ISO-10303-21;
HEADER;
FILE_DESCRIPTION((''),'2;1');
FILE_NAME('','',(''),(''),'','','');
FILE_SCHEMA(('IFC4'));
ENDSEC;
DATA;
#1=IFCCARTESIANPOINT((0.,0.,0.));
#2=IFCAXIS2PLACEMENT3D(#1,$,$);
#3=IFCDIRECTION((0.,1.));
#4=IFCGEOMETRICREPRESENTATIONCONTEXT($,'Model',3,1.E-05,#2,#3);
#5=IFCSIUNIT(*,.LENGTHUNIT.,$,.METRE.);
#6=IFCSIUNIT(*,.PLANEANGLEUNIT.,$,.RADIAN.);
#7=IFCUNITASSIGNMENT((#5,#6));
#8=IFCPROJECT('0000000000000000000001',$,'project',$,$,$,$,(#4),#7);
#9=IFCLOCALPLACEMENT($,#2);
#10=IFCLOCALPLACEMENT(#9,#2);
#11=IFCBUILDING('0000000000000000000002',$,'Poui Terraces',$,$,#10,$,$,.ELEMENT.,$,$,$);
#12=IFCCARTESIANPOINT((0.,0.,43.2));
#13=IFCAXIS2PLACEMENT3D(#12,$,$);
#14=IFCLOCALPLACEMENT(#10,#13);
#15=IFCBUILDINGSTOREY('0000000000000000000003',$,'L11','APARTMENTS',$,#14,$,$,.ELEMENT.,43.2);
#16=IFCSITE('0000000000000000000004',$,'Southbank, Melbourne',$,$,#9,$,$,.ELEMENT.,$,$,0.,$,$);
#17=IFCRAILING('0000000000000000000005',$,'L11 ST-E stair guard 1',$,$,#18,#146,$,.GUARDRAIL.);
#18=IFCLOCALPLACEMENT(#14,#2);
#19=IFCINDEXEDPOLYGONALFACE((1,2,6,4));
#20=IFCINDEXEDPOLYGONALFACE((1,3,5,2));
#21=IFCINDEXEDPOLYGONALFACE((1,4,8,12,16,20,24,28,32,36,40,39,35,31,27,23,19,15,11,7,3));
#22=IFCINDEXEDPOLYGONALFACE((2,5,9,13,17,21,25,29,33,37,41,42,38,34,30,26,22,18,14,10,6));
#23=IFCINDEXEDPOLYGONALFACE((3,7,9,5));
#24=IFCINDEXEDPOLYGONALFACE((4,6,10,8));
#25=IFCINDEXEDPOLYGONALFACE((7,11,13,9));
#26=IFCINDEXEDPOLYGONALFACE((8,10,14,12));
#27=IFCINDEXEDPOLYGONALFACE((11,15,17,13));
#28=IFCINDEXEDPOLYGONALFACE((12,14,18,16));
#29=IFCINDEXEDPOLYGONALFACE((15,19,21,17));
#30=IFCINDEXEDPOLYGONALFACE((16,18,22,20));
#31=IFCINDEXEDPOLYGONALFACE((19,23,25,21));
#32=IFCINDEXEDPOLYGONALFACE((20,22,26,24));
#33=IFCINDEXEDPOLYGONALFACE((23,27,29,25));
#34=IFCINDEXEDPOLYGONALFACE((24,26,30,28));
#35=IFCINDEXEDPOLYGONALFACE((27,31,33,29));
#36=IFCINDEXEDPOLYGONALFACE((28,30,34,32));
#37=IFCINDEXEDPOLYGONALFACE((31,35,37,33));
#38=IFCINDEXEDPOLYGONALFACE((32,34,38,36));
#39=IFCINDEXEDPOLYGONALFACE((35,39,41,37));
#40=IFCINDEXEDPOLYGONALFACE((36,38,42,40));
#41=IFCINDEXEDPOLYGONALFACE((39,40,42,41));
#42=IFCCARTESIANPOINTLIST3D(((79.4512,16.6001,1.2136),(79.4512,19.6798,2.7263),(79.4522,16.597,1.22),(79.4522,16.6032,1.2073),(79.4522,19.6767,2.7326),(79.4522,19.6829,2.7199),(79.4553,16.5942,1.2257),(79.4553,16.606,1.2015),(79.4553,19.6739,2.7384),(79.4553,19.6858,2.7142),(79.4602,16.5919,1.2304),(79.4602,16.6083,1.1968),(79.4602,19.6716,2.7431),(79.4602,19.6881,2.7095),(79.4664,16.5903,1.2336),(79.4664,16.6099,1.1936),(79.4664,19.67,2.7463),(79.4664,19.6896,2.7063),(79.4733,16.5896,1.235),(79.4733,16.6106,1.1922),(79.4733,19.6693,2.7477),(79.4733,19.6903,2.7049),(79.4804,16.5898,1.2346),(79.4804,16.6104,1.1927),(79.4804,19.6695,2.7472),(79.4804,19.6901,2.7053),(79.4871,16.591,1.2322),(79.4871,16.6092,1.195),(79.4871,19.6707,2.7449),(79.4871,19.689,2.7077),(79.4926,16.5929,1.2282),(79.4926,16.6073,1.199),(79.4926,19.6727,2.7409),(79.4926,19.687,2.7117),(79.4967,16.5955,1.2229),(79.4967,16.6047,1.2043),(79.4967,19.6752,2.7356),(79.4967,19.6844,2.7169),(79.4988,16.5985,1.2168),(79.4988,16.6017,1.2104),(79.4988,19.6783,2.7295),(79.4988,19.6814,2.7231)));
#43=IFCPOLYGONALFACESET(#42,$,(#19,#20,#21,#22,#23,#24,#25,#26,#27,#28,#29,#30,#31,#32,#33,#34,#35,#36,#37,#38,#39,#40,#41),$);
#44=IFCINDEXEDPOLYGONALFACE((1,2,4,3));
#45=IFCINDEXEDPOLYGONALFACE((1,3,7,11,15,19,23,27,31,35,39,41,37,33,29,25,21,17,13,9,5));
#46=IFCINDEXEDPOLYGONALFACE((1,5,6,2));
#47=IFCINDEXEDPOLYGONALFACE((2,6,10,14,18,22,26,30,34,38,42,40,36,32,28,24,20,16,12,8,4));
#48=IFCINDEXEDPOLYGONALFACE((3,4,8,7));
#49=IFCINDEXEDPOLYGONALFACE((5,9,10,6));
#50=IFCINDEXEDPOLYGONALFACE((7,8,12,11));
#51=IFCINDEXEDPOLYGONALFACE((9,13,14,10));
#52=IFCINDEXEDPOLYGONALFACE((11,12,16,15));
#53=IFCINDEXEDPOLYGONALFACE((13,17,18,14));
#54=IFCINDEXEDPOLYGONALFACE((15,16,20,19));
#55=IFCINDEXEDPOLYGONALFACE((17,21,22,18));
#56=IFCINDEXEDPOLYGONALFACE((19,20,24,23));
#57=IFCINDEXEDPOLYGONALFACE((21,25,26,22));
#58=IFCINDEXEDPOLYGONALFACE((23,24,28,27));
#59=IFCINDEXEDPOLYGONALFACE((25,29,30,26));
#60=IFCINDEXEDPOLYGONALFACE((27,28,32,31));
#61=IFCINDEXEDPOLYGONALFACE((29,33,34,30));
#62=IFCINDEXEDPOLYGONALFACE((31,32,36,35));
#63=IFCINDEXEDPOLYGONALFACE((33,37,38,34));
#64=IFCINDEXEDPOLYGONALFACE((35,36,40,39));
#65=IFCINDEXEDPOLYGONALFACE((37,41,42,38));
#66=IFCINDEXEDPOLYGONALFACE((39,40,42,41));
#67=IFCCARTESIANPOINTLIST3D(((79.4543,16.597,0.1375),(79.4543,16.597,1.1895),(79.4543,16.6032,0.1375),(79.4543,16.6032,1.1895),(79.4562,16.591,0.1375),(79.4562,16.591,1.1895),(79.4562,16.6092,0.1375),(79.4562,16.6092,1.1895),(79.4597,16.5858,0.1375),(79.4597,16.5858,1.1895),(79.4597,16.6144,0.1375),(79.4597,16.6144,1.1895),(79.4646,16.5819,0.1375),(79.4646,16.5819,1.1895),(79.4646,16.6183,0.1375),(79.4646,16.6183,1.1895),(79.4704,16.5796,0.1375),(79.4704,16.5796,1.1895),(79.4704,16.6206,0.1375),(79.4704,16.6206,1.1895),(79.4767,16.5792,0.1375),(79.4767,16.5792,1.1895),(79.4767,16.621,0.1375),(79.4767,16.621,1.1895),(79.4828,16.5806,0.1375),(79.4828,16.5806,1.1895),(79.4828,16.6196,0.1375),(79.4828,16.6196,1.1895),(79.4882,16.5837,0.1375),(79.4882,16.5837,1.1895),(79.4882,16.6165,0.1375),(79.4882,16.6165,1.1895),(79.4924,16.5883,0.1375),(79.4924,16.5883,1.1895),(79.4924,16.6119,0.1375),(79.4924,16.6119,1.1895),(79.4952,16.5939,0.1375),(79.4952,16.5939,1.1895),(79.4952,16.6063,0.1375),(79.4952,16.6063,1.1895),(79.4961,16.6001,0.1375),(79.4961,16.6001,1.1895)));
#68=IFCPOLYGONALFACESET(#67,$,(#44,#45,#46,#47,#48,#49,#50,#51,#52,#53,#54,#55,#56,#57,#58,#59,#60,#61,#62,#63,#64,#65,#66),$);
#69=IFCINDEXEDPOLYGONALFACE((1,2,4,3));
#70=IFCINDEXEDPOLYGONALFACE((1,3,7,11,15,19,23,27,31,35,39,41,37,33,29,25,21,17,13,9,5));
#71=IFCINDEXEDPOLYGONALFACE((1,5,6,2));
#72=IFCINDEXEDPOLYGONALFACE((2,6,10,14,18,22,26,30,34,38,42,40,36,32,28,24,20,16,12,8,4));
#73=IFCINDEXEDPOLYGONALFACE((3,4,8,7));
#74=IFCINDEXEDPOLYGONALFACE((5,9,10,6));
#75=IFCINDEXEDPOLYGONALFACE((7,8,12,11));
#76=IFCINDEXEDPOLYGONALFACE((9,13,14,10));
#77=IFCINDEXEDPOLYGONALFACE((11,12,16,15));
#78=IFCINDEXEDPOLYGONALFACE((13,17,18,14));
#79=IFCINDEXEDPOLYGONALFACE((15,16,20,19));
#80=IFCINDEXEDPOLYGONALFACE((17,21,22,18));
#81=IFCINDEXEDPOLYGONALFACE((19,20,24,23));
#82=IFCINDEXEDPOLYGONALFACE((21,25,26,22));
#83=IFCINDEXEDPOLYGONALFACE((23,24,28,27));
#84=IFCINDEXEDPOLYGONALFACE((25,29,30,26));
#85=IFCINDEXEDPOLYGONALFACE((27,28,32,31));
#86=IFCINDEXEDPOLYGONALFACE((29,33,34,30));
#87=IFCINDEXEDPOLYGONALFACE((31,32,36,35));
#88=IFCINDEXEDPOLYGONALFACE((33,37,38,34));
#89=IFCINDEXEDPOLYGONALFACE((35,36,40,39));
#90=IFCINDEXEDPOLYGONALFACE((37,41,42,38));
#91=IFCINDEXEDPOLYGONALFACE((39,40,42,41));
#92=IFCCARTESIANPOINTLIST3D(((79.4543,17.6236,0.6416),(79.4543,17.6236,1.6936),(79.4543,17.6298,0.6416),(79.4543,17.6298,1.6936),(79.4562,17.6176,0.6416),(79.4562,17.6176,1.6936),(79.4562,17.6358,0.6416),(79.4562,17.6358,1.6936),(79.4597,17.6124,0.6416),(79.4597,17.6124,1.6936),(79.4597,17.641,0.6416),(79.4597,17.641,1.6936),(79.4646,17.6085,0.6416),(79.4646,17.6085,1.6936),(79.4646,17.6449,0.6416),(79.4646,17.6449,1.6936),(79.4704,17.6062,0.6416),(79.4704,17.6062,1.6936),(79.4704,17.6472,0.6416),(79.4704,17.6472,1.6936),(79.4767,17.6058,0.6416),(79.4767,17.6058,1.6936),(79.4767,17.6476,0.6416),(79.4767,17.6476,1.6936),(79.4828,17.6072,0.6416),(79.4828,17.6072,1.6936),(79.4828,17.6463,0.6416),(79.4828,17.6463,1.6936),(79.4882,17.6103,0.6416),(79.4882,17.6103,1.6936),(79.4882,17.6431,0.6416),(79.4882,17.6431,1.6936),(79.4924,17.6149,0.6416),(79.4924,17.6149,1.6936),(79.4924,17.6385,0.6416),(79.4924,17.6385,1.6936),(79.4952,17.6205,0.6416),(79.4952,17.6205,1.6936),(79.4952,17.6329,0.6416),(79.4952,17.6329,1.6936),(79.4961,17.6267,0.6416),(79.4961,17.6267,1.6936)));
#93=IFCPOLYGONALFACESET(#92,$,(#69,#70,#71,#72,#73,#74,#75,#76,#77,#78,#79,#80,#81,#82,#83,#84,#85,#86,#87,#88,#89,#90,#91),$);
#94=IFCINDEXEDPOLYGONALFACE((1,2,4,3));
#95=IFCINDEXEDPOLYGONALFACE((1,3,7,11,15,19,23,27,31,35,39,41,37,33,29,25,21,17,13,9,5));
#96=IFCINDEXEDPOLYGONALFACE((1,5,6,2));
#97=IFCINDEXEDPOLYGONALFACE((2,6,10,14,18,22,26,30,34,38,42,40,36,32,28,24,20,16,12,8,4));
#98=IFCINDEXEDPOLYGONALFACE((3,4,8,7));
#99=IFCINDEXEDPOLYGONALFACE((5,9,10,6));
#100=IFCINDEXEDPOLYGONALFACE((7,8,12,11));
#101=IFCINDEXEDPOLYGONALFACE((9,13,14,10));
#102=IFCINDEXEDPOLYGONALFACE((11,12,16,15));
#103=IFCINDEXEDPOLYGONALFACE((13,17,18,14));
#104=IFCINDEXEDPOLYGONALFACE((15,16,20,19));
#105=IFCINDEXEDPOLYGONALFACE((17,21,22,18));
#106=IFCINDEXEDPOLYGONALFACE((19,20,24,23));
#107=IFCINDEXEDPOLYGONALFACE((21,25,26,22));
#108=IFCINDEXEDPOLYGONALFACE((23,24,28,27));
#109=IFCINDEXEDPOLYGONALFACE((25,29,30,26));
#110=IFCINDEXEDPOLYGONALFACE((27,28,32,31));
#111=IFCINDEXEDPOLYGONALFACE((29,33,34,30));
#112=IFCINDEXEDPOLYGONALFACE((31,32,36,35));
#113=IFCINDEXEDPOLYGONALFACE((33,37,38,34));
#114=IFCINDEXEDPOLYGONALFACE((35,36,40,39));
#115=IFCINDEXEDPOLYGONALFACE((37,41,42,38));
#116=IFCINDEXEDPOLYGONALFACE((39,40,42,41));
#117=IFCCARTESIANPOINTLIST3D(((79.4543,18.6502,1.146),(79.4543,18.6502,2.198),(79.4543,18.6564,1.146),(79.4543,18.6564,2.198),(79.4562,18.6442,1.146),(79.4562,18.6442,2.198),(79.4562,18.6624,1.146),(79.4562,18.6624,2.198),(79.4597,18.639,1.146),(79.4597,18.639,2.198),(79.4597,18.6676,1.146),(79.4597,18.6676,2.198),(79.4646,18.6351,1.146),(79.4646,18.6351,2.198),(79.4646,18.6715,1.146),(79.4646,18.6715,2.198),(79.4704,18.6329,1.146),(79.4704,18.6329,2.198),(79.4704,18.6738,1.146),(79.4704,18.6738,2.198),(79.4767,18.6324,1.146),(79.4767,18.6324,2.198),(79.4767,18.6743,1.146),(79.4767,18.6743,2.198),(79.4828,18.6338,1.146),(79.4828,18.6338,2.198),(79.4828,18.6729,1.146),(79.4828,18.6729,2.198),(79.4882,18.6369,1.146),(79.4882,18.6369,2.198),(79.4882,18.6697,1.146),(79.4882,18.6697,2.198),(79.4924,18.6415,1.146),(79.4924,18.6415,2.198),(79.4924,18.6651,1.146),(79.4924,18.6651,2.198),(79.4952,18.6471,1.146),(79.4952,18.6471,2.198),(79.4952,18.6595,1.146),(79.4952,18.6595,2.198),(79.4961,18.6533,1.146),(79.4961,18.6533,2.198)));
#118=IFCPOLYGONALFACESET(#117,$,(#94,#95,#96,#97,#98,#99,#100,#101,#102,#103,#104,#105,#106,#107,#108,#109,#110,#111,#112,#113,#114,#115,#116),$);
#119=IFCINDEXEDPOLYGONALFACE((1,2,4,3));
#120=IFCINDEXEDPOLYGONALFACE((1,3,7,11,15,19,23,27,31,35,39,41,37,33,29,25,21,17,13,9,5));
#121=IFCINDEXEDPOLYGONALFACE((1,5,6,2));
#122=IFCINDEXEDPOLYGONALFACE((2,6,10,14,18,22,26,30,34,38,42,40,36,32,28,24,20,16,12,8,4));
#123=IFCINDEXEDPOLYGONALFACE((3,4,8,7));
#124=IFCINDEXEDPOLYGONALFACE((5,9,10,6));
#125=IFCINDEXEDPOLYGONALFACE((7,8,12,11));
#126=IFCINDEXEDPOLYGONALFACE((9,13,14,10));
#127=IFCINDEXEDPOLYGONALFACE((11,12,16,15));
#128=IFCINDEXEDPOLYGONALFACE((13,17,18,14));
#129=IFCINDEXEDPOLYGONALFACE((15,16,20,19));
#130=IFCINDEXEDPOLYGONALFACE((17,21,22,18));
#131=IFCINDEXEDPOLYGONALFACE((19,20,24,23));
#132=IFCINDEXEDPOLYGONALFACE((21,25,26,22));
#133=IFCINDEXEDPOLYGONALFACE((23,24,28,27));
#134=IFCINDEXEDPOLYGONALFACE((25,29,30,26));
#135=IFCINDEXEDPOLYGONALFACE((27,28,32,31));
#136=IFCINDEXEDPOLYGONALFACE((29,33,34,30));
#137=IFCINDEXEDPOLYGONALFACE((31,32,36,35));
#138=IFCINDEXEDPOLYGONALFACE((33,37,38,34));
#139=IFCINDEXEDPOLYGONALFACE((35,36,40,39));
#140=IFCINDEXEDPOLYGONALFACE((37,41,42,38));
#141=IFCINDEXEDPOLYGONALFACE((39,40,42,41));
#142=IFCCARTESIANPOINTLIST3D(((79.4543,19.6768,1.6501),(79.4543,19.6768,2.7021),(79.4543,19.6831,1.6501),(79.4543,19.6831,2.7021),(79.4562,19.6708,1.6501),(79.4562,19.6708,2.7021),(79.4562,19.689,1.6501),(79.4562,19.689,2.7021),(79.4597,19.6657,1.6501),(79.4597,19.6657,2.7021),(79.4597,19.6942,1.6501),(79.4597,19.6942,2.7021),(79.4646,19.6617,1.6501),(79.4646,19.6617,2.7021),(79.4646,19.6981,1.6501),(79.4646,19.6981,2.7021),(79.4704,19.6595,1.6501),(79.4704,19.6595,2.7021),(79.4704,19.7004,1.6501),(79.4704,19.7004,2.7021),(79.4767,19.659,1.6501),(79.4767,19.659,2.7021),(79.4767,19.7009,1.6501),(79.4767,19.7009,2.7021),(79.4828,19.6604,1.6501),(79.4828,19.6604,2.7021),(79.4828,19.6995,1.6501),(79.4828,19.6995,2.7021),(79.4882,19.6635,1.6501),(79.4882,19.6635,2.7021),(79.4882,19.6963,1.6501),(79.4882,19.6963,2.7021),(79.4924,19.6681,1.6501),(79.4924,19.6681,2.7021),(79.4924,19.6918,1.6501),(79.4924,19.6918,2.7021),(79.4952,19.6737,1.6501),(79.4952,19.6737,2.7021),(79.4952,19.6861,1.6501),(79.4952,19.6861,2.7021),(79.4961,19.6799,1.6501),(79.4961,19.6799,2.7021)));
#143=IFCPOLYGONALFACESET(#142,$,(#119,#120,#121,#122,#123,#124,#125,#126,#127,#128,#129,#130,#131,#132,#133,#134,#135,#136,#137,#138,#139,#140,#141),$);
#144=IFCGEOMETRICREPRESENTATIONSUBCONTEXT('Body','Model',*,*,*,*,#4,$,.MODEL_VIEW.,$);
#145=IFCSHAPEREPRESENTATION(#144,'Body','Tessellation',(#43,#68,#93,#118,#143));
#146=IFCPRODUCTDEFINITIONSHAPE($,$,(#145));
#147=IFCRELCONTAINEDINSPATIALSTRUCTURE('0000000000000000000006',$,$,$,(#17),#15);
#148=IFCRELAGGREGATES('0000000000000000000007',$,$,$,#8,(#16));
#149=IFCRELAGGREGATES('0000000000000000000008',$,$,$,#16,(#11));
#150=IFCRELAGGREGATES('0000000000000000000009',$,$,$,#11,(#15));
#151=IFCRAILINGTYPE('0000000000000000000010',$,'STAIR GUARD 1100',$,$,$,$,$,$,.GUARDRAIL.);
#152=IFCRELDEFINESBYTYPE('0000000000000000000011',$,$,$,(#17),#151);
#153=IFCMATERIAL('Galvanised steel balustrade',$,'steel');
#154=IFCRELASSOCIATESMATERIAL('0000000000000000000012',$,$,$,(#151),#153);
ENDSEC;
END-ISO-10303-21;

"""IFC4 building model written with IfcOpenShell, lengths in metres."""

from ifc_helpers import new_model, si_unit, direction, frame, origin, origin_2d, place, context, subcontext, project, spatial, circle, extrude, material, type_object, element, save


model = new_model("IFC4")

# Units and contexts
model_context = context("Model", 3, precision=1e-05, world=origin(), true_north=direction((0.0, 1.0)))
body_context = subcontext(model_context, "Body", "Model", "MODEL_VIEW")
ifc_project = project(units=[si_unit("LENGTHUNIT", "METRE"), si_unit("PLANEANGLEUNIT", "RADIAN")], contexts=[model_context])

# Site, building, storey
site_placement = place(None, origin())
site = spatial("IfcSite", under=ifc_project, at=site_placement, Name="Southbank, Melbourne", CompositionType="ELEMENT", RefElevation=0.0)
building_placement = place(site_placement, origin())
building = spatial("IfcBuilding", under=site, at=building_placement, Name="Poui Terraces", CompositionType="ELEMENT")
storey_placement = place(building_placement, frame((0.0, 0.0, 43.2)))
storey = spatial("IfcBuildingStorey", under=building, at=storey_placement, Name="L11", Description="APARTMENTS", CompositionType="ELEMENT", Elevation=43.2)

# Railing
ifc_material_1 = material(Name="Galvanised steel balustrade", Category="steel")
railing_type = type_object("IfcRailingType", Name="STAIR GUARD 1100", PredefinedType="GUARDRAIL", material=ifc_material_1)
railing_1_placement = place(storey_placement, frame((79.4751, 16.6001, 0.1375)))
element("IfcRailing", 1, at=railing_1_placement, inside=storey, type_object=railing_type, Name="L11 ST-E stair guard 1", PredefinedType="GUARDRAIL", context=body_context, shape_type="SweptSolid", body=[
    extrude(circle(Radius=0.0239, at=origin_2d()), frame((0.0, 0.0, 1.0762), z_axis=(0.0, 0.897578, 0.440856), x_axis=(-1.0, 0.0, 0.0)), (0.0, 0.0, 1.0), 3.4312),
    extrude(circle(Radius=0.021, at=origin_2d()), origin(), (0.0, 0.0, 1.0), 1.052),
    extrude(circle(Radius=0.021, at=origin_2d()), frame((0.0, 1.0266, 0.5042)), (0.0, 0.0, 1.0), 1.052),
    extrude(circle(Radius=0.021, at=origin_2d()), frame((0.0, 2.0532, 1.0085)), (0.0, 0.0, 1.0), 1.052),
    extrude(circle(Radius=0.021, at=origin_2d()), frame((0.0, 3.0798, 1.5127)), (0.0, 0.0, 1.0), 1.052),
])

save(model, "model.ifc")
